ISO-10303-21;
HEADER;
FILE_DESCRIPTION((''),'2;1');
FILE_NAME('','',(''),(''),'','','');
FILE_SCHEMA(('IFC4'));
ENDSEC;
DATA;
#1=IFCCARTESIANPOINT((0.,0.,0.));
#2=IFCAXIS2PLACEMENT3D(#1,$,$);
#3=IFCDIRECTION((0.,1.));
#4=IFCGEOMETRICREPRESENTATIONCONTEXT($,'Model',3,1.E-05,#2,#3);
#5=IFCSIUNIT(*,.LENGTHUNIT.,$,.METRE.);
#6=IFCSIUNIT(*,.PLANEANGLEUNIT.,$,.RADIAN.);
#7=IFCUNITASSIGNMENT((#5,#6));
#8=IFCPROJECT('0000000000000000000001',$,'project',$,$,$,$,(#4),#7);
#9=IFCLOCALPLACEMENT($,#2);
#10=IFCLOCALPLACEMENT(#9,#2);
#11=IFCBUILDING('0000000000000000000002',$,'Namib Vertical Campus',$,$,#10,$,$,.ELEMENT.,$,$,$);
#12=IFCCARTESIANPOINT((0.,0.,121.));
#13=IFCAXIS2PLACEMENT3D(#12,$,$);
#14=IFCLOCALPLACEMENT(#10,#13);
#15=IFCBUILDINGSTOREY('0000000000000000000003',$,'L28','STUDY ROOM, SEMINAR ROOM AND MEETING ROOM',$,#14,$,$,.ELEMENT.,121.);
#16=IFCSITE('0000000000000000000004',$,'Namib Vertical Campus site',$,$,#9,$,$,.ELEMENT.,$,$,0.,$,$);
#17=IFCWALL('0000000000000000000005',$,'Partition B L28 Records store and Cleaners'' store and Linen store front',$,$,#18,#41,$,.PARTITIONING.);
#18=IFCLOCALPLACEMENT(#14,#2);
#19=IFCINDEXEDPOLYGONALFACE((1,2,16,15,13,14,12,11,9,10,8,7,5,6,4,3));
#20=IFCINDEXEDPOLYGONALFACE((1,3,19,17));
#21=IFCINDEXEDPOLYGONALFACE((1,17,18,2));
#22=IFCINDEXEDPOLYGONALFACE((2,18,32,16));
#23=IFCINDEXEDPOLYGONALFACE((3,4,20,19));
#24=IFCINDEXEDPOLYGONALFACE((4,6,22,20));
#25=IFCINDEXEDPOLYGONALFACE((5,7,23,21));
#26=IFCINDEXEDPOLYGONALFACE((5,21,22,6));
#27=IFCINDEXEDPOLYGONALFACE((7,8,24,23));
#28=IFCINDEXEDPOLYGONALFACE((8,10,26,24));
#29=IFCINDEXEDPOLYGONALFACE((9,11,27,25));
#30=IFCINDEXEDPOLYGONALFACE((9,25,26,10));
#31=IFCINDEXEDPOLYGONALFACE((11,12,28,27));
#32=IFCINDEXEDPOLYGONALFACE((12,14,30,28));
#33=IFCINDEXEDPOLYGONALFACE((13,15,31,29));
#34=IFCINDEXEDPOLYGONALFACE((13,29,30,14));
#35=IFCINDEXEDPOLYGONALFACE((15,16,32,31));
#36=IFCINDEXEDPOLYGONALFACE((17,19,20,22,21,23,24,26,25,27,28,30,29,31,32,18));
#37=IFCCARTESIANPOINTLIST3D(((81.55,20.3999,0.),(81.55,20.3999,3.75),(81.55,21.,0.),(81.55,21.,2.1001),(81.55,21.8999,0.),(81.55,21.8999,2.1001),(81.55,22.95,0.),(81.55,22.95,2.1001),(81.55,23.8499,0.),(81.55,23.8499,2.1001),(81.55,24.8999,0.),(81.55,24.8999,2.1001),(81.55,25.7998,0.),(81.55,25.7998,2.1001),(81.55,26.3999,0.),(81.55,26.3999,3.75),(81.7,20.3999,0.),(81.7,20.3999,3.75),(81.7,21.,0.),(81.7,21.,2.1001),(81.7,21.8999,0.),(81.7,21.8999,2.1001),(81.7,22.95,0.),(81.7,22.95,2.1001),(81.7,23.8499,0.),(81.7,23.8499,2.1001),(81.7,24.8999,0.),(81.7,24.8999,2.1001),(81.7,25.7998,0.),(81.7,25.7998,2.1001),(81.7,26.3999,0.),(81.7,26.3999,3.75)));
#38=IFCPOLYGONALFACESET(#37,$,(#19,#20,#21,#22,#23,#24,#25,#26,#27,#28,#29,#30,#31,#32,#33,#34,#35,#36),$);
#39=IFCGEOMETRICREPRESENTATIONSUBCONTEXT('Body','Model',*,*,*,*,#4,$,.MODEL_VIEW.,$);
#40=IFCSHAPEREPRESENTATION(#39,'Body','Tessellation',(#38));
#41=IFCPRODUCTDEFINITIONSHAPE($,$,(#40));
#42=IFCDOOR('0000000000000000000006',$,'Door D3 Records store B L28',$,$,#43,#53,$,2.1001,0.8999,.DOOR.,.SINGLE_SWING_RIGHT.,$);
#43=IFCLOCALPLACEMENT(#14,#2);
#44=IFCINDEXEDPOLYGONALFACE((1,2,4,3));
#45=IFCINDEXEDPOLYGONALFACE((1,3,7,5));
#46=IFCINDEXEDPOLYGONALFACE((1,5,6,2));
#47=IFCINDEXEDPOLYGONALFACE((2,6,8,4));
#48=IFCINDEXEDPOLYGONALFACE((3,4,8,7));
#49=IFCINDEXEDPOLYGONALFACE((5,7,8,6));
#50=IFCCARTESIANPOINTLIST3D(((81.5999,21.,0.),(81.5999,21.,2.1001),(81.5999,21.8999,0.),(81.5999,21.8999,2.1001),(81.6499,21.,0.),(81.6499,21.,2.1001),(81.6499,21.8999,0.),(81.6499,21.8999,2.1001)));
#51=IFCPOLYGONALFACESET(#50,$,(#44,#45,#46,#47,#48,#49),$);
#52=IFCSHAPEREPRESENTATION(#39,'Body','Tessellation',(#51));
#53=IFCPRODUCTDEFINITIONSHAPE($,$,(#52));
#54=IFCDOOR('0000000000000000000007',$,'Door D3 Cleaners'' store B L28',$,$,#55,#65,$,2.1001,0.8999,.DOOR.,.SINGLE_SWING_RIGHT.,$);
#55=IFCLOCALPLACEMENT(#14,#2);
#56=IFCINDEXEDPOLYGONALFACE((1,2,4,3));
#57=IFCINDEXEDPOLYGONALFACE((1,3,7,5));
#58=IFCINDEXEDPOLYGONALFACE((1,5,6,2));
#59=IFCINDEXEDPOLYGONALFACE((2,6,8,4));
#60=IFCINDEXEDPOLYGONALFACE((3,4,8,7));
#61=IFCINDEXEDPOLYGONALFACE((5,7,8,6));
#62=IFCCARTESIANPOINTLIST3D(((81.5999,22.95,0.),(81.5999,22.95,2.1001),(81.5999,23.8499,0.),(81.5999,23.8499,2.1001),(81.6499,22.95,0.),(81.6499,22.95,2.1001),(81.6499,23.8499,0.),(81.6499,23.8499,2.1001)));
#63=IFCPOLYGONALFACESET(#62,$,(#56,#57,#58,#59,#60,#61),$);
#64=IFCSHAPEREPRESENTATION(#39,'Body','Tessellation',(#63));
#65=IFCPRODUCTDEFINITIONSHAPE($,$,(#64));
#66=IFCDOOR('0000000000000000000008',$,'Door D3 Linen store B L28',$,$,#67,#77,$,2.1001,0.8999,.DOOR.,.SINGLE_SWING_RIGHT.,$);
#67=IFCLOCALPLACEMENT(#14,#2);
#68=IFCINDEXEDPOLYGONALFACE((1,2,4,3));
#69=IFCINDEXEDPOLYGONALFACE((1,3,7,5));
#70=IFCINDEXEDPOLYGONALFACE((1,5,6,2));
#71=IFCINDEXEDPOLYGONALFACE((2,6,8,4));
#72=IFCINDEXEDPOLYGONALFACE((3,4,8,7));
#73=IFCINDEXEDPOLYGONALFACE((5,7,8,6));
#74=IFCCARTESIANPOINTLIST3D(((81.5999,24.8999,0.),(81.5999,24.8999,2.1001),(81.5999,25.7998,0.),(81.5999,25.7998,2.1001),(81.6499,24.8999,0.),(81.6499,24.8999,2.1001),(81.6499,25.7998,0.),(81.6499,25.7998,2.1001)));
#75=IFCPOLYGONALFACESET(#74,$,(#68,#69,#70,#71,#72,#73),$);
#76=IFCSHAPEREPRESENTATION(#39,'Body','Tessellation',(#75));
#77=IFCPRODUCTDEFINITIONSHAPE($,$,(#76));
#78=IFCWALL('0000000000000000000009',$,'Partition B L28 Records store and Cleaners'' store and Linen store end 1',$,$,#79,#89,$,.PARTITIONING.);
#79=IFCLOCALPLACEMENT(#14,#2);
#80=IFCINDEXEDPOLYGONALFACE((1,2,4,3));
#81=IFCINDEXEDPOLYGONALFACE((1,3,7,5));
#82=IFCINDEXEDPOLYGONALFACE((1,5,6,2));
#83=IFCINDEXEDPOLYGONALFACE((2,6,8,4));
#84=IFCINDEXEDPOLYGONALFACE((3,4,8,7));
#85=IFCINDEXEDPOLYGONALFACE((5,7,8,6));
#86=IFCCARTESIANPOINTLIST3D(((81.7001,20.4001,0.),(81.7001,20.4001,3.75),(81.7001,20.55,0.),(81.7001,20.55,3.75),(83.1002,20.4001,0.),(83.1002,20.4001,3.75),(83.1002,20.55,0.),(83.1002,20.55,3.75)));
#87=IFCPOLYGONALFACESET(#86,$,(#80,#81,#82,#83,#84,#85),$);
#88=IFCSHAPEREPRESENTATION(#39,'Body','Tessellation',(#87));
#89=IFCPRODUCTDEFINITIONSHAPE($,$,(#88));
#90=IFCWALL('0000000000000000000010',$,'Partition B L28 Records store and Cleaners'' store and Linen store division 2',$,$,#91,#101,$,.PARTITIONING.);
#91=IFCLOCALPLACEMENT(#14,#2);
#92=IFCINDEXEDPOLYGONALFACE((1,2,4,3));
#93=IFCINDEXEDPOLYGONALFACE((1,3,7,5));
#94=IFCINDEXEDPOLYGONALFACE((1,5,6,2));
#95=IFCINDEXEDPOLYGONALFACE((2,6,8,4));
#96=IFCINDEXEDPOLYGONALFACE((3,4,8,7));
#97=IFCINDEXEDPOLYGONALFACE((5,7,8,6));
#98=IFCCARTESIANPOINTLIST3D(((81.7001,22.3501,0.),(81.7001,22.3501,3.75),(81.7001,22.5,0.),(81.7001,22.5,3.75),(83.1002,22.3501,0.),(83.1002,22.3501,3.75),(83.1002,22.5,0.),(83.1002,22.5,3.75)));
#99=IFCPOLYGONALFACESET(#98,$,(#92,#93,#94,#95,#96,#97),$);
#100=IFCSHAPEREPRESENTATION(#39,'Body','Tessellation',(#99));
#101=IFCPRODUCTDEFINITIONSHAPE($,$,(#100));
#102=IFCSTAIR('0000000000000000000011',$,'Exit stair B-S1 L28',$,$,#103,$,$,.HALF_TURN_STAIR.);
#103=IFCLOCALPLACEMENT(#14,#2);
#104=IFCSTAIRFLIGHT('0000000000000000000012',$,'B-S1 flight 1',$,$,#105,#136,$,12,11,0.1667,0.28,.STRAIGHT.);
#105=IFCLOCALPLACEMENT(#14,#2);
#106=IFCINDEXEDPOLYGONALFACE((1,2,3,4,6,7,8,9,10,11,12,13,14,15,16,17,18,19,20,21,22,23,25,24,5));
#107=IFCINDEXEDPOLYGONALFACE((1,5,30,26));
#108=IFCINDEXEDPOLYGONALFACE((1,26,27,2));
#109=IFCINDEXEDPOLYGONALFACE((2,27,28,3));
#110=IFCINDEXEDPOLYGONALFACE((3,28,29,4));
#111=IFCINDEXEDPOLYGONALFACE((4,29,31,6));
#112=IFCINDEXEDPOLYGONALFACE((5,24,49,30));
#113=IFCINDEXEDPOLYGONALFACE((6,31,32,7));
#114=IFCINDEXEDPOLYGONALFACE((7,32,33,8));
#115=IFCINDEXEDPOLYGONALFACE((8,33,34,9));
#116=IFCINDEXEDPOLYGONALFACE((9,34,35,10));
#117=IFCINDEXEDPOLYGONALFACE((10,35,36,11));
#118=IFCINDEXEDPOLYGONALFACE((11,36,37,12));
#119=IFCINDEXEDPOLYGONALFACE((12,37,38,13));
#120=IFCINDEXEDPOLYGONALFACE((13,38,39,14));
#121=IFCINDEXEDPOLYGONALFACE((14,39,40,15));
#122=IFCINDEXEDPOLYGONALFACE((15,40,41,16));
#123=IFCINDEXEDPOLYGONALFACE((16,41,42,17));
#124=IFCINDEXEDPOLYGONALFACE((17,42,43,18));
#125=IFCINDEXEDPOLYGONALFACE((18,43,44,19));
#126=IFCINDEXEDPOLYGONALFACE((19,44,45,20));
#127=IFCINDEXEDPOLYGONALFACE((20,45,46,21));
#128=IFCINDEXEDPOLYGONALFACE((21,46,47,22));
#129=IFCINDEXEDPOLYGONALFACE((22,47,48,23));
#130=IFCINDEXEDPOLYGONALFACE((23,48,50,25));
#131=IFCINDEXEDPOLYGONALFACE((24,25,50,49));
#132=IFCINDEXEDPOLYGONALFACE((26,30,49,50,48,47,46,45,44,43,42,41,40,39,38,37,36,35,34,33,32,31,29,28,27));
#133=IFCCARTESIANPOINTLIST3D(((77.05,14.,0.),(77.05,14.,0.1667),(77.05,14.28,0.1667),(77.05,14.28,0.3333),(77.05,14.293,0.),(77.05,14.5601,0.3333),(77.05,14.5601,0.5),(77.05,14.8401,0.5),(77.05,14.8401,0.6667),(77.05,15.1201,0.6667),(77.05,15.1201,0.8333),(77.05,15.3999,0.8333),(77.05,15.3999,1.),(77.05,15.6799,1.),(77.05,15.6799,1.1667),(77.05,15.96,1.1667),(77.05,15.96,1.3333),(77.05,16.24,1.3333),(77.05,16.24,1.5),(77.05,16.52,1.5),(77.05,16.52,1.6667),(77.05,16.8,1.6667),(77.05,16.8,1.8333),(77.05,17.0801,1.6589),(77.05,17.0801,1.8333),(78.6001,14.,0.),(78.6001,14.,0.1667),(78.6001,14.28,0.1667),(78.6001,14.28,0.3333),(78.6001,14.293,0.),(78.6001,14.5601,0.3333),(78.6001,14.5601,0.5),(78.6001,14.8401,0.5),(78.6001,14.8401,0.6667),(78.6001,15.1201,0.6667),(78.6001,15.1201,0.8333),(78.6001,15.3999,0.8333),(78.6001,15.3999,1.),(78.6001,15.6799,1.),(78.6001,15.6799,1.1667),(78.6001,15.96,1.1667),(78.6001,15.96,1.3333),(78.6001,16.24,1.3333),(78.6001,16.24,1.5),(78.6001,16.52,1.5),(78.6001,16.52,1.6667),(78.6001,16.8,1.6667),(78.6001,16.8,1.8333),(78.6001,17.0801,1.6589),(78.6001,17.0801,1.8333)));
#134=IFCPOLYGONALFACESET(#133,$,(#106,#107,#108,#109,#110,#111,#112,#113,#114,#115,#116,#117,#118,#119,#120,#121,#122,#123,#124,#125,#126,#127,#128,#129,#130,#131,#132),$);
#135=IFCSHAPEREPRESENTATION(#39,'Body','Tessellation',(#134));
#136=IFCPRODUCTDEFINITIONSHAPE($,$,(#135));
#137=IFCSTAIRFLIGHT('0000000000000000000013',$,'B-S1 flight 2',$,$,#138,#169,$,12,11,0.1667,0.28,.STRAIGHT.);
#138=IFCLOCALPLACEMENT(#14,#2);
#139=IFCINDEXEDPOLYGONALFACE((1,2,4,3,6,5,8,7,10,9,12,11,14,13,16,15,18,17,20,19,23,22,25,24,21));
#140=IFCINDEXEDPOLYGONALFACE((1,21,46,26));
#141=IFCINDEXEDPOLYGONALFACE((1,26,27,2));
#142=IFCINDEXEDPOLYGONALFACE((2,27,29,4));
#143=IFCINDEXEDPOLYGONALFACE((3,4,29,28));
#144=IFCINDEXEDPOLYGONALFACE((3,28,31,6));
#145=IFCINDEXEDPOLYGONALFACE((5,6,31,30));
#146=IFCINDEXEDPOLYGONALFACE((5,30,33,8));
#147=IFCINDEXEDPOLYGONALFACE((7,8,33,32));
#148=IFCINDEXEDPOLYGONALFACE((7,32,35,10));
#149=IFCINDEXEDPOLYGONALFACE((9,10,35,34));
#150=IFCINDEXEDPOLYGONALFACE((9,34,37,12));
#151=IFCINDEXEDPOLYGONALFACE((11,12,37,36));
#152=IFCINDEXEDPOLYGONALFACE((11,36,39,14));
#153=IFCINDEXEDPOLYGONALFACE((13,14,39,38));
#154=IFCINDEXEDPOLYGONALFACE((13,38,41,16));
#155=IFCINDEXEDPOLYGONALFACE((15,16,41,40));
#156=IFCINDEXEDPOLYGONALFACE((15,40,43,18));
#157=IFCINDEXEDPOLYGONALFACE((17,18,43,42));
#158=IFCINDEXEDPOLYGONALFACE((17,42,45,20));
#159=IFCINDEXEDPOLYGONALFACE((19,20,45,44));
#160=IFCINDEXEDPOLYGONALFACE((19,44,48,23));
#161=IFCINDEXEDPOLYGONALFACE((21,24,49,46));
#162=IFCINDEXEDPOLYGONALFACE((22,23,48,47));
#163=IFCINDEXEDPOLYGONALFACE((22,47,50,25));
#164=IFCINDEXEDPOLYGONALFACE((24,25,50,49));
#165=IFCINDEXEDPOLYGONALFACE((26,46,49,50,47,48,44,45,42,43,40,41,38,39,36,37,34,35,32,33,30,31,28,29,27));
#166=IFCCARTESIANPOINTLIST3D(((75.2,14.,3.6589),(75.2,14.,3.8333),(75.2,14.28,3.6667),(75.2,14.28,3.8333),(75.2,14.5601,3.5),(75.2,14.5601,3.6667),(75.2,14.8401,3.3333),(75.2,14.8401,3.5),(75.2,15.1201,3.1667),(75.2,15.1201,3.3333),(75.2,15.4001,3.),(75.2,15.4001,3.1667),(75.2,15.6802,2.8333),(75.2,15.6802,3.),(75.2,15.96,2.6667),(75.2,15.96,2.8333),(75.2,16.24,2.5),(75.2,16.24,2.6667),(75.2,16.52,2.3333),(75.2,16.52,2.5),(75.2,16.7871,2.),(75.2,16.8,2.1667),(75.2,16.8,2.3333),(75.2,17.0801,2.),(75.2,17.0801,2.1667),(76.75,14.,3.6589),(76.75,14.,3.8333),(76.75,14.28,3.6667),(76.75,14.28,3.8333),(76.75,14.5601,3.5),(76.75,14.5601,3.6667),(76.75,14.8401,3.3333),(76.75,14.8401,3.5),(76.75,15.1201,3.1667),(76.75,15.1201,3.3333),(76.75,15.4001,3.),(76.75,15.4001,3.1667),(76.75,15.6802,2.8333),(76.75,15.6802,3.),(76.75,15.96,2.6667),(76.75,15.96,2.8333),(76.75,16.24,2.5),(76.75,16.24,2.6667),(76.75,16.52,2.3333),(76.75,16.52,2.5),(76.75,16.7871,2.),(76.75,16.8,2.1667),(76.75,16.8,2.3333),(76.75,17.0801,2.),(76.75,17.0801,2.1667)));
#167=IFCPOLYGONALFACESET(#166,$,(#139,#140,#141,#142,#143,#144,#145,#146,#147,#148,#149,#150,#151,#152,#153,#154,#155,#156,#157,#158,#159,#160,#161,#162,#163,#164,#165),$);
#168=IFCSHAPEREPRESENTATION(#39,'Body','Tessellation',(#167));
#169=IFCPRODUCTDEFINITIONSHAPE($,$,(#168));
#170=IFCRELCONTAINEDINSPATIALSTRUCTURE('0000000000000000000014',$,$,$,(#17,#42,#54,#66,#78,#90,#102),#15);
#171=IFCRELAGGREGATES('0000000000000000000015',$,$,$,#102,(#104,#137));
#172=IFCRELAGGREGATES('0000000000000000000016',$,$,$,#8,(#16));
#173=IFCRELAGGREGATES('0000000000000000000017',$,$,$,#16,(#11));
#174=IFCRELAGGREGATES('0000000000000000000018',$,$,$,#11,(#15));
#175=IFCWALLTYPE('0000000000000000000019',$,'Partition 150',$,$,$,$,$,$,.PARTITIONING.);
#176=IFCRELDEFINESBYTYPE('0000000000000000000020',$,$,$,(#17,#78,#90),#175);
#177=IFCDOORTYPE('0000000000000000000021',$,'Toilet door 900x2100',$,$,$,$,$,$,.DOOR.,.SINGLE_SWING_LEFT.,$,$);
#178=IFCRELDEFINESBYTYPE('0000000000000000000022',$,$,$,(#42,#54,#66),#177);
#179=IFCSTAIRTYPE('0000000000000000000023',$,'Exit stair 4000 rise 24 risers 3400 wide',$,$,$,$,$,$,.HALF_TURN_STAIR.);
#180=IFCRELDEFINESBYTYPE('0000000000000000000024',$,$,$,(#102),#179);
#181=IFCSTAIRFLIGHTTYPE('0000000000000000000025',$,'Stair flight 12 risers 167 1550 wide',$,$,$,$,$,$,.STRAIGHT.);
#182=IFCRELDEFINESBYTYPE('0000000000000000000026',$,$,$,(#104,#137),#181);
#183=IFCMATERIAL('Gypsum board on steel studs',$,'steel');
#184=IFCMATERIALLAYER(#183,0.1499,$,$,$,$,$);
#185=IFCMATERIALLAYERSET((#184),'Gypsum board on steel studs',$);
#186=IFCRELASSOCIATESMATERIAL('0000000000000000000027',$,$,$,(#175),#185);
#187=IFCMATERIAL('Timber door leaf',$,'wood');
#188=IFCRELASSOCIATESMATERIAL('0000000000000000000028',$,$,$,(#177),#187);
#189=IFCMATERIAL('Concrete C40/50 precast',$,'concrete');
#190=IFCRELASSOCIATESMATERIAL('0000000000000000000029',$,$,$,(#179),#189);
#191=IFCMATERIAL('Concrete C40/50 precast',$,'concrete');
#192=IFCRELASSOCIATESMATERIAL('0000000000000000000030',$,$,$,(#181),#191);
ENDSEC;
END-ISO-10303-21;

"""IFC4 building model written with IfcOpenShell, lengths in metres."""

from ifc_helpers import new_model, si_unit, direction, frame, frame_2d, origin, place, context, subcontext, project, spatial, polyline, rectangle, outline, extrude, material, layer, layer_set, type_object, element, fill, aggregate, save


model = new_model("IFC4")

# Units and contexts
model_context = context("Model", 3, precision=1e-05, world=origin(), true_north=direction((0.0, 1.0)))
body_context = subcontext(model_context, "Body", "Model", "MODEL_VIEW")
ifc_project = project(units=[si_unit("LENGTHUNIT", "METRE"), si_unit("PLANEANGLEUNIT", "RADIAN")], contexts=[model_context])

# Site, building, storey
site_placement = place(None, origin())
site = spatial("IfcSite", under=ifc_project, at=site_placement, Name="Namib Vertical Campus site", CompositionType="ELEMENT", RefElevation=0.0)
building_placement = place(site_placement, origin())
building = spatial("IfcBuilding", under=site, at=building_placement, Name="Namib Vertical Campus", CompositionType="ELEMENT")
storey_placement = place(building_placement, frame((0.0, 0.0, 121.0)))
storey = spatial("IfcBuildingStorey", under=building, at=storey_placement, Name="L28", Description="STUDY ROOM, SEMINAR ROOM AND MEETING ROOM", CompositionType="ELEMENT", Elevation=121.0)

# Wall, openings, doors
ifc_material_1 = material(Name="Gypsum board on steel studs", Category="steel")
ifc_layer_1 = layer(ifc_material_1, 0.1499)
ifc_layer_set_1 = layer_set([ifc_layer_1], Name="Gypsum board on steel studs")
wall_type_1 = type_object("IfcWallType", Name="Partition 150", PredefinedType="PARTITIONING", material=ifc_layer_set_1)
wall_1_placement = place(storey_placement, frame((81.625, 20.3999, 0.0), z_axis=(0.0, 0.0, 1.0), x_axis=(0.0, 1.0, 0.0)))
wall_1 = element("IfcWall", 1, at=wall_1_placement, inside=storey, type_object=wall_type_1, Name="Partition B L28 Records store and Cleaners' store and Linen store front", PredefinedType="PARTITIONING", context=body_context, shape_type="SweptSolid", body=[
    extrude(rectangle(XDim=6.0, YDim=0.1499, at=frame_2d((3.0, 0.0))), origin(), (0.0, 0.0, 1.0), 3.75),
])
opening_1_placement = place(wall_1_placement, frame((0.6001, 0.0, 0.0)))
opening_1 = element("IfcOpeningElement", 2, at=opening_1_placement, cuts=wall_1, PredefinedType="OPENING", context=body_context, shape_type="SweptSolid", body=[
    extrude(rectangle(XDim=0.8999, YDim=2.1001, at=frame_2d((0.45, 1.05))), frame((0.0, 0.085, 0.0), z_axis=(0.0, -1.0, 0.0), x_axis=(1.0, 0.0, 0.0)), (0.0, 0.0, 1.0), 0.1699),
])
opening_2_placement = place(wall_1_placement, frame((2.55, 0.0, 0.0)))
opening_2 = element("IfcOpeningElement", 3, at=opening_2_placement, cuts=wall_1, PredefinedType="OPENING", context=body_context, shape_type="SweptSolid", body=[
    extrude(rectangle(XDim=0.8999, YDim=2.1001, at=frame_2d((0.45, 1.05))), frame((0.0, 0.085, 0.0), z_axis=(0.0, -1.0, 0.0), x_axis=(1.0, 0.0, 0.0)), (0.0, 0.0, 1.0), 0.1699),
])
opening_3_placement = place(wall_1_placement, frame((4.5, 0.0, 0.0)))
opening_3 = element("IfcOpeningElement", 4, at=opening_3_placement, cuts=wall_1, PredefinedType="OPENING", context=body_context, shape_type="SweptSolid", body=[
    extrude(rectangle(XDim=0.8999, YDim=2.1001, at=frame_2d((0.45, 1.05))), frame((0.0, 0.085, 0.0), z_axis=(0.0, -1.0, 0.0), x_axis=(1.0, 0.0, 0.0)), (0.0, 0.0, 1.0), 0.1699),
])
ifc_material_2 = material(Name="Timber door leaf", Category="wood")
door_type_1 = type_object("IfcDoorType", Name="Toilet door 900x2100", OperationType="SINGLE_SWING_LEFT", PredefinedType="DOOR", material=ifc_material_2)
door_1_placement = place(opening_1_placement, frame((0.8999, 0.0, 0.0), z_axis=(0.0, 0.0, 1.0), x_axis=(-1.0, 0.0, 0.0)))
door_1 = element("IfcDoor", 5, at=door_1_placement, inside=storey, type_object=door_type_1, Name="Door D3 Records store B L28", OperationType="SINGLE_SWING_RIGHT", OverallHeight=2.1001, OverallWidth=0.8999, PredefinedType="DOOR", context=body_context, shape_type="SweptSolid", body=[
    extrude(rectangle(XDim=0.8999, YDim=2.1001, at=frame_2d((0.45, 1.05))), frame((0.0, 0.0249, 0.0), z_axis=(0.0, -1.0, 0.0), x_axis=(1.0, 0.0, 0.0)), (0.0, 0.0, 1.0), 0.05),
])
fill(opening_1, door_1)
door_2_placement = place(opening_2_placement, frame((0.8999, 0.0, 0.0), z_axis=(0.0, 0.0, 1.0), x_axis=(-1.0, 0.0, 0.0)))
door_2 = element("IfcDoor", 6, at=door_2_placement, inside=storey, type_object=door_type_1, Name="Door D3 Cleaners' store B L28", OperationType="SINGLE_SWING_RIGHT", OverallHeight=2.1001, OverallWidth=0.8999, PredefinedType="DOOR", context=body_context, shape_type="SweptSolid", body=[
    extrude(rectangle(XDim=0.8999, YDim=2.1001, at=frame_2d((0.45, 1.05))), frame((0.0, 0.0249, 0.0), z_axis=(0.0, -1.0, 0.0), x_axis=(1.0, 0.0, 0.0)), (0.0, 0.0, 1.0), 0.05),
])
fill(opening_2, door_2)
door_3_placement = place(opening_3_placement, frame((0.8999, 0.0, 0.0), z_axis=(0.0, 0.0, 1.0), x_axis=(-1.0, 0.0, 0.0)))
door_3 = element("IfcDoor", 7, at=door_3_placement, inside=storey, type_object=door_type_1, Name="Door D3 Linen store B L28", OperationType="SINGLE_SWING_RIGHT", OverallHeight=2.1001, OverallWidth=0.8999, PredefinedType="DOOR", context=body_context, shape_type="SweptSolid", body=[
    extrude(rectangle(XDim=0.8999, YDim=2.1001, at=frame_2d((0.45, 1.05))), frame((0.0, 0.0249, 0.0), z_axis=(0.0, -1.0, 0.0), x_axis=(1.0, 0.0, 0.0)), (0.0, 0.0, 1.0), 0.05),
])
fill(opening_3, door_3)

# Walls
for number, where, z_axis, x_axis, name in (
    (8, (81.7, 20.4751, 0.0), (0.0, 0.0, 1.0), (1.0, 0.0, 0.0), "Partition B L28 Records store and Cleaners' store and Linen store end 1"),
    (9, (81.7, 22.425, 0.0), (0.0, 0.0, 1.0), (1.0, 0.0, 0.0), "Partition B L28 Records store and Cleaners' store and Linen store division 2"),
):
    element("IfcWall", number, at=place(storey_placement, frame(where, z_axis=z_axis, x_axis=x_axis)), inside=storey, type_object=wall_type_1, Name=name, PredefinedType="PARTITIONING", context=body_context, shape_type="SweptSolid", body=[
        extrude(rectangle(XDim=1.4001, YDim=0.1499, at=frame_2d((0.7002, 0.0))), origin(), (0.0, 0.0, 1.0), 3.75),
    ])

# Stair, stair flights
ifc_material_3 = material(Name="Concrete C40/50 precast", Category="concrete")
stair_type = type_object("IfcStairType", Name="Exit stair 4000 rise 24 risers 3400 wide", PredefinedType="HALF_TURN_STAIR", material=ifc_material_3)
stair_placement = place(storey_placement, origin())
stair = element("IfcStair", 10, at=stair_placement, inside=storey, type_object=stair_type, Name="Exit stair B-S1 L28", PredefinedType="HALF_TURN_STAIR")
ifc_material_4 = material(Name="Concrete C40/50 precast", Category="concrete")
stair_flight_type = type_object("IfcStairFlightType", Name="Stair flight 12 risers 167 1550 wide", PredefinedType="STRAIGHT", material=ifc_material_4)
stair_flight_1_placement = place(storey_placement, frame((77.825, 14.0, 0.0), z_axis=(0.0, 0.0, 1.0), x_axis=(0.0, 1.0, 0.0)))
stair_flight_1 = element("IfcStairFlight", 11, at=stair_flight_1_placement, type_object=stair_flight_type, Name="B-S1 flight 1", NumberOfRisers=12, NumberOfTreads=11, PredefinedType="STRAIGHT", RiserHeight=0.1667, TreadLength=0.28, context=body_context, shape_type="SweptSolid", body=[
    extrude(outline(polyline([(0.0, 0.0), (0.0, 0.1667), (0.28, 0.1667), (0.28, 0.3333), (0.5601, 0.3333), (0.5601, 0.5), (0.8401, 0.5), (0.8401, 0.6667), (1.1201, 0.6667), (1.1201, 0.8333), (1.3999, 0.8333), (1.3999, 1.0), (1.6799, 1.0), (1.6799, 1.1667), (1.96, 1.1667), (1.96, 1.3333), (2.24, 1.3333), (2.24, 1.5), (2.52, 1.5), (2.52, 1.6667), (2.8, 1.6667), (2.8, 1.8333), (3.0801, 1.8333), (3.0801, 2.0), (3.0801, 1.6589), (0.293, 0.0), (0.0, 0.0)])), frame((0.0, 0.7749, 0.0), z_axis=(0.0, -1.0, 0.0), x_axis=(1.0, 0.0, 0.0)), (0.0, 0.0, 1.0), 1.55),
])
stair_flight_2_placement = place(storey_placement, frame((75.9751, 17.0801, 2.0), z_axis=(0.0, 0.0, 1.0), x_axis=(0.0, -1.0, 0.0)))
stair_flight_2 = element("IfcStairFlight", 12, at=stair_flight_2_placement, type_object=stair_flight_type, Name="B-S1 flight 2", NumberOfRisers=12, NumberOfTreads=11, PredefinedType="STRAIGHT", RiserHeight=0.1667, TreadLength=0.28, context=body_context, shape_type="SweptSolid", body=[
    extrude(outline(polyline([(0.0, 0.0), (0.0, 0.1667), (0.28, 0.1667), (0.28, 0.3333), (0.5601, 0.3333), (0.5601, 0.5), (0.8401, 0.5), (0.8401, 0.6667), (1.1201, 0.6667), (1.1201, 0.8333), (1.3999, 0.8333), (1.3999, 1.0), (1.6799, 1.0), (1.6799, 1.1667), (1.96, 1.1667), (1.96, 1.3333), (2.24, 1.3333), (2.24, 1.5), (2.52, 1.5), (2.52, 1.6667), (2.8, 1.6667), (2.8, 1.8333), (3.0801, 1.8333), (3.0801, 2.0), (3.0801, 1.6589), (0.293, 0.0), (0.0, 0.0)])), frame((0.0, 0.7749, 0.0), z_axis=(0.0, -1.0, 0.0), x_axis=(1.0, 0.0, 0.0)), (0.0, 0.0, 1.0), 1.55),
])
aggregate(stair, [stair_flight_1, stair_flight_2])

save(model, "model.ifc")
